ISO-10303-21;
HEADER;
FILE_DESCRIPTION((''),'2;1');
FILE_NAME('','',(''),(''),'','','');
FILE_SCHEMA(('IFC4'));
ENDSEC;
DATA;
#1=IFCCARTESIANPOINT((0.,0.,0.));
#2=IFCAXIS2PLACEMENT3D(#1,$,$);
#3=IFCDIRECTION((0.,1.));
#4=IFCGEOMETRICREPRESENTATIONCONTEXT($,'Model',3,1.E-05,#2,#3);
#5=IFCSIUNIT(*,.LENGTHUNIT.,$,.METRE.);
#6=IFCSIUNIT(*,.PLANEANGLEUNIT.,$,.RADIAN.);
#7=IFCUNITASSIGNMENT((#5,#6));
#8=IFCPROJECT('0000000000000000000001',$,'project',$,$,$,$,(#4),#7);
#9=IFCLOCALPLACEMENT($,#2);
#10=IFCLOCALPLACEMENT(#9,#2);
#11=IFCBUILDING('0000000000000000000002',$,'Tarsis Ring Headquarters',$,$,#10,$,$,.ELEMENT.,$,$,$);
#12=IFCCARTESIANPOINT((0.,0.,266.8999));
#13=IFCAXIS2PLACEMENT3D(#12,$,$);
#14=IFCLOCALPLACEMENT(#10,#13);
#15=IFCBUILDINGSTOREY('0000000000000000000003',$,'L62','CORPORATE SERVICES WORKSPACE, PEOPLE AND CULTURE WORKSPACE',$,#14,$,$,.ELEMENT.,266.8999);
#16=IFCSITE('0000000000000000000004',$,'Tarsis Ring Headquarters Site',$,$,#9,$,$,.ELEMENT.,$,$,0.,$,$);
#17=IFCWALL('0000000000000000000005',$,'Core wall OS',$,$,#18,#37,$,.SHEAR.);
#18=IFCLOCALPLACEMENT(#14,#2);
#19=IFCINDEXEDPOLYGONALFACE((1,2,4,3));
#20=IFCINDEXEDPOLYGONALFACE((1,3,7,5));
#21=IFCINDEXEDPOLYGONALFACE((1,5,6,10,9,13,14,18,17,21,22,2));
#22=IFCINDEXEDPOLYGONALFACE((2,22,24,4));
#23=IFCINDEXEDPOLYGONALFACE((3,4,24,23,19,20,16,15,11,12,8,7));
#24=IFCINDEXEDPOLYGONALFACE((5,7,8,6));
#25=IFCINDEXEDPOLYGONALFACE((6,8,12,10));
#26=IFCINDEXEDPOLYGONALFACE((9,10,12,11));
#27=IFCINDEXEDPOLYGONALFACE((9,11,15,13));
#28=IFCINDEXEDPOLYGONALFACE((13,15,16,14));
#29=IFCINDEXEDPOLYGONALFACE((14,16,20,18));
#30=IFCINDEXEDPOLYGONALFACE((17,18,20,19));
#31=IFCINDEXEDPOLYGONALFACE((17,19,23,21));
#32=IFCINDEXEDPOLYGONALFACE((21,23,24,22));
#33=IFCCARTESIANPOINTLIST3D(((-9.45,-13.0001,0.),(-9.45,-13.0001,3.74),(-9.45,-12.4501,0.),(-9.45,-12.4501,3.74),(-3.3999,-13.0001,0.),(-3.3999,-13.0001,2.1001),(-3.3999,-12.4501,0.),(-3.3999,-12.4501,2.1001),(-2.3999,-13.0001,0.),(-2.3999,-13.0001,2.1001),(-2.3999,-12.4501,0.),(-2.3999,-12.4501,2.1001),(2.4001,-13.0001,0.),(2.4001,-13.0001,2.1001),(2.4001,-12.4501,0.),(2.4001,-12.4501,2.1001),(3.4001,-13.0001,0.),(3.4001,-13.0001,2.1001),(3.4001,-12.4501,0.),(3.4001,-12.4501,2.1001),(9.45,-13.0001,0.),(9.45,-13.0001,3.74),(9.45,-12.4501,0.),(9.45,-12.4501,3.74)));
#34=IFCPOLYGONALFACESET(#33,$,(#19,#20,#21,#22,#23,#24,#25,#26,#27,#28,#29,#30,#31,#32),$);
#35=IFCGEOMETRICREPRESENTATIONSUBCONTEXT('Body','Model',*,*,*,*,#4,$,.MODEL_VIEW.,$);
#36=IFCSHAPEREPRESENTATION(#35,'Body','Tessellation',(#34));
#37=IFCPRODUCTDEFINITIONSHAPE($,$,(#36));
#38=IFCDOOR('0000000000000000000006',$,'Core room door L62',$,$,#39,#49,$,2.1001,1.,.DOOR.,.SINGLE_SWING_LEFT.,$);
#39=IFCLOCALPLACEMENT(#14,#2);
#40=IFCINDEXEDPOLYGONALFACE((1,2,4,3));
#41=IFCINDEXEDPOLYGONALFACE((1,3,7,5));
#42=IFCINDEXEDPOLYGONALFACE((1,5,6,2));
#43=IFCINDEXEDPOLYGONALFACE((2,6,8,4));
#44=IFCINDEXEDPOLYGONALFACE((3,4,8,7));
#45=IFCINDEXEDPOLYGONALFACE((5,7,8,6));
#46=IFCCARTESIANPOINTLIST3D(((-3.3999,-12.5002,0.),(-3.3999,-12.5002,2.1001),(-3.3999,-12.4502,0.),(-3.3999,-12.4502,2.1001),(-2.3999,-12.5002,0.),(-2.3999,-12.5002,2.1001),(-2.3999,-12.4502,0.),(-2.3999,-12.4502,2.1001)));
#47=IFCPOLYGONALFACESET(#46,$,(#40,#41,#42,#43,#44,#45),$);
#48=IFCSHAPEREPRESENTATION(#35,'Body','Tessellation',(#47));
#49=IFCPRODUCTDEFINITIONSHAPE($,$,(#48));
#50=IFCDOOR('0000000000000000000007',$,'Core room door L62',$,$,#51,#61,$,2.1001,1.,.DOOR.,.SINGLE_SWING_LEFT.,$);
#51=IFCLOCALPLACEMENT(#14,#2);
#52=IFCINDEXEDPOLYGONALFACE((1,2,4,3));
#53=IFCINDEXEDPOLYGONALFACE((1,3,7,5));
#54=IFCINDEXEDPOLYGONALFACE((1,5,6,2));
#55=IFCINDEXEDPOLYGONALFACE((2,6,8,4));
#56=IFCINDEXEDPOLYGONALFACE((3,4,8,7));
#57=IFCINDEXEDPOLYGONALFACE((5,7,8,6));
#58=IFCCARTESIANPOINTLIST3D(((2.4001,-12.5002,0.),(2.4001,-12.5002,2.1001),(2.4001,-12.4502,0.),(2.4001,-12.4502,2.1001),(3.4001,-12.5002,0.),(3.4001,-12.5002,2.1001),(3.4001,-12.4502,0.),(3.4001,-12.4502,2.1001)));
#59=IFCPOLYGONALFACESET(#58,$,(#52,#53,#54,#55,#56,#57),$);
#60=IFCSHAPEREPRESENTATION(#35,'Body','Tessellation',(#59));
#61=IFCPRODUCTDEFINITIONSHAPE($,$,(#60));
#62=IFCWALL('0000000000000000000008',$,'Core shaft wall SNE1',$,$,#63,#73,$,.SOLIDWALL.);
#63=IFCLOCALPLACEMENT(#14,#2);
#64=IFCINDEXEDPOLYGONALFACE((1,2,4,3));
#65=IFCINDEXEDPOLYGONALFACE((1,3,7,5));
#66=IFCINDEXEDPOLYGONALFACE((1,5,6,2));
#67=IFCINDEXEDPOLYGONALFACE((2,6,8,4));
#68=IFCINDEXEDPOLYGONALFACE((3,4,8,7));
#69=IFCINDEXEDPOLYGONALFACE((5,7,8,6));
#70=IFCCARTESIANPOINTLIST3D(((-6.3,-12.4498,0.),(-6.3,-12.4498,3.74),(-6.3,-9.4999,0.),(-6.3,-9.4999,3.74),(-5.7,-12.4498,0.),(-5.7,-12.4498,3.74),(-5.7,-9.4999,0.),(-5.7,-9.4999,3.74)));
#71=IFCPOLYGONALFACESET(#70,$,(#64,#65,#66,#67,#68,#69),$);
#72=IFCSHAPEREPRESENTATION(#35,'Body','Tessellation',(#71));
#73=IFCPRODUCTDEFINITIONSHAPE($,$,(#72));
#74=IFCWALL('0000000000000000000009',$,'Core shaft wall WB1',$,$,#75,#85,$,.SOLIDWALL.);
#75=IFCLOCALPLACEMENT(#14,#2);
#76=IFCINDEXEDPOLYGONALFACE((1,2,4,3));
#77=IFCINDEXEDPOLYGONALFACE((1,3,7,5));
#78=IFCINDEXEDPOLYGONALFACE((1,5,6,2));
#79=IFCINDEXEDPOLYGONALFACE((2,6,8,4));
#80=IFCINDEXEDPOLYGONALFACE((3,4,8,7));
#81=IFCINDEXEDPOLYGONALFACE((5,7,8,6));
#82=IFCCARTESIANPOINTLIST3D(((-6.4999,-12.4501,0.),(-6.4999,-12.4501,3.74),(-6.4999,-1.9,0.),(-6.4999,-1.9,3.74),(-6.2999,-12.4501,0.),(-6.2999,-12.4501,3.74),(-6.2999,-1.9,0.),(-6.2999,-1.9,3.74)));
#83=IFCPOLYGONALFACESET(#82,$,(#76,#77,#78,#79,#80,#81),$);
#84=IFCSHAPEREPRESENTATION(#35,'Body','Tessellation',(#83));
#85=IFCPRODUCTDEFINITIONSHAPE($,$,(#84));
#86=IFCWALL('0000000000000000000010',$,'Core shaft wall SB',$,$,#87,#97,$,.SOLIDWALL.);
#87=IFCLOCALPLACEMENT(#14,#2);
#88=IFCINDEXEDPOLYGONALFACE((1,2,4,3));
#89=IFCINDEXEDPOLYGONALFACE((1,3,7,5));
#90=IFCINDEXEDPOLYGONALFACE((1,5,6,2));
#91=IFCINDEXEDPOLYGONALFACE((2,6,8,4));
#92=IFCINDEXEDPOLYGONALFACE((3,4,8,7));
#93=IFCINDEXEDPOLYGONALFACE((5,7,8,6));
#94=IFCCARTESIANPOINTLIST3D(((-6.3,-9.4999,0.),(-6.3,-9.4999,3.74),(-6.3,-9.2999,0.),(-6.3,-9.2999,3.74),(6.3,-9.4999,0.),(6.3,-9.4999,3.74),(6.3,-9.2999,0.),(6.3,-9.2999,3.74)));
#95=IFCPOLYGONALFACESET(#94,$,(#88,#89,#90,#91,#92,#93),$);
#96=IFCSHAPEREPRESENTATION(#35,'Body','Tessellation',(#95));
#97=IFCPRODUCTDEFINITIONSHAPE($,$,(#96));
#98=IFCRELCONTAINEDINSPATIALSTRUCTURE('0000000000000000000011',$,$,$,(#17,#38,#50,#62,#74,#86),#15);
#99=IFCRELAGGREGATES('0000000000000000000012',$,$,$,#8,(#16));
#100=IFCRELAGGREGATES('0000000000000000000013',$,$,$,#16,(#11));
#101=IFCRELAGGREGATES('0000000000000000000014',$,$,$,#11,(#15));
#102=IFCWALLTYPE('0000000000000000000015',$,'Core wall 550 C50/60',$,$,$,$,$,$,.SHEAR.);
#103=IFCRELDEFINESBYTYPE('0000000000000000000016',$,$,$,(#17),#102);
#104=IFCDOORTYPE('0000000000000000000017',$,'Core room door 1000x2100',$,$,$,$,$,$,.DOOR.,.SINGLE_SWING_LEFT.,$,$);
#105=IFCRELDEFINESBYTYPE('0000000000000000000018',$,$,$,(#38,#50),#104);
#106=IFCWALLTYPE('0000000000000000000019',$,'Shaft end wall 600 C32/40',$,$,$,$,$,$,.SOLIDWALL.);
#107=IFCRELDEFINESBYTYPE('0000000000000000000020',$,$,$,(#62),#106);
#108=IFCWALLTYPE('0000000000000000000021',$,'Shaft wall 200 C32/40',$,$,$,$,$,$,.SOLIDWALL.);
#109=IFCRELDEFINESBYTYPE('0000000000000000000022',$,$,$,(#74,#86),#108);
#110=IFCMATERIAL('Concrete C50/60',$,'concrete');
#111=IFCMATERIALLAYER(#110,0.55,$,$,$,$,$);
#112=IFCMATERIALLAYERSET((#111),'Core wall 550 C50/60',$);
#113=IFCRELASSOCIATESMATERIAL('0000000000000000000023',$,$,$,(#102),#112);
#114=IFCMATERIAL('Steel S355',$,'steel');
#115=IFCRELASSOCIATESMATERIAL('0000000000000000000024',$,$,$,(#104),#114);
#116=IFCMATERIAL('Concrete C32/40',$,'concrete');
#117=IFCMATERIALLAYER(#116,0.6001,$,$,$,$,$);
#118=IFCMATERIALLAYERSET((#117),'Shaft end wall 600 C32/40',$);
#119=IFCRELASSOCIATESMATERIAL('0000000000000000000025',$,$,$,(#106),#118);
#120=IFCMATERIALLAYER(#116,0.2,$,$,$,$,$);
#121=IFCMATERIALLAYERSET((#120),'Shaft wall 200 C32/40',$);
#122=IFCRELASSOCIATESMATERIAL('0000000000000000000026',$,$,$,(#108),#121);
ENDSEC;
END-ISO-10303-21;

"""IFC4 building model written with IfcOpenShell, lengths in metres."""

from ifc_helpers import new_model, si_unit, direction, frame, frame_2d, origin, place, context, subcontext, project, spatial, rectangle, extrude, material, layer, layer_set, type_object, element, fill, save


model = new_model("IFC4")

# Units and contexts
model_context = context("Model", 3, precision=1e-05, world=origin(), true_north=direction((0.0, 1.0)))
body_context = subcontext(model_context, "Body", "Model", "MODEL_VIEW")
ifc_project = project(units=[si_unit("LENGTHUNIT", "METRE"), si_unit("PLANEANGLEUNIT", "RADIAN")], contexts=[model_context])

# Site, building, storey
site_placement = place(None, origin())
site = spatial("IfcSite", under=ifc_project, at=site_placement, Name="Tarsis Ring Headquarters Site", CompositionType="ELEMENT", RefElevation=0.0)
building_placement = place(site_placement, origin())
building = spatial("IfcBuilding", under=site, at=building_placement, Name="Tarsis Ring Headquarters", CompositionType="ELEMENT")
storey_placement = place(building_placement, frame((0.0, 0.0, 266.8999)))
storey = spatial("IfcBuildingStorey", under=building, at=storey_placement, Name="L62", Description="CORPORATE SERVICES WORKSPACE, PEOPLE AND CULTURE WORKSPACE", CompositionType="ELEMENT", Elevation=266.8999)

# Wall, openings, doors
ifc_material_1 = material(Name="Concrete C50/60", Category="concrete")
ifc_layer_1 = layer(ifc_material_1, 0.55)
ifc_layer_set_1 = layer_set([ifc_layer_1], Name="Core wall 550 C50/60")
wall_type_1 = type_object("IfcWallType", Name="Core wall 550 C50/60", PredefinedType="SHEAR", material=ifc_layer_set_1)
ifc_material_2 = material(Name="Steel S355", Category="steel")
door_type_1 = type_object("IfcDoorType", Name="Core room door 1000x2100", OperationType="SINGLE_SWING_LEFT", PredefinedType="DOOR", material=ifc_material_2)
wall_1_placement = place(storey_placement, frame((-9.45, -12.7251, 0.0), z_axis=(0.0, 0.0, 1.0), x_axis=(1.0, 0.0, 0.0)))
wall_1 = element("IfcWall", 1, at=wall_1_placement, inside=storey, type_object=wall_type_1, Name="Core wall OS", PredefinedType="SHEAR", context=body_context, shape_type="SweptSolid", body=[
    extrude(rectangle(XDim=18.8999, YDim=0.55, at=frame_2d((9.45, 0.0))), origin(), (0.0, 0.0, 1.0), 3.74),
])
opening_1_placement = place(wall_1_placement, frame((6.05, 0.0, 0.0)))
opening_1 = element("IfcOpeningElement", 2, at=opening_1_placement, cuts=wall_1, PredefinedType="OPENING", context=body_context, shape_type="SweptSolid", body=[
    extrude(rectangle(XDim=1.0, YDim=2.1001, at=frame_2d((0.5, 1.05))), frame((0.0, 0.2849, 0.0), z_axis=(0.0, -1.0, 0.0), x_axis=(1.0, 0.0, 0.0)), (0.0, 0.0, 1.0), 0.5701),
])
opening_2_placement = place(wall_1_placement, frame((11.8501, 0.0, 0.0)))
opening_2 = element("IfcOpeningElement", 3, at=opening_2_placement, cuts=wall_1, PredefinedType="OPENING", context=body_context, shape_type="SweptSolid", body=[
    extrude(rectangle(XDim=1.0, YDim=2.1001, at=frame_2d((0.5, 1.05))), frame((0.0, 0.2849, 0.0), z_axis=(0.0, -1.0, 0.0), x_axis=(1.0, 0.0, 0.0)), (0.0, 0.0, 1.0), 0.5701),
])
door_1_placement = place(opening_1_placement, origin())
door_1 = element("IfcDoor", 4, at=door_1_placement, inside=storey, type_object=door_type_1, Name="Core room door L62", OperationType="SINGLE_SWING_LEFT", OverallHeight=2.1001, OverallWidth=1.0, PredefinedType="DOOR", context=body_context, shape_type="SweptSolid", body=[
    extrude(rectangle(XDim=1.0, YDim=2.1001, at=frame_2d((0.5, 1.05))), frame((0.0, 0.2749, 0.0), z_axis=(0.0, -1.0, 0.0), x_axis=(1.0, 0.0, 0.0)), (0.0, 0.0, 1.0), 0.05),
])
fill(opening_1, door_1)
door_2_placement = place(opening_2_placement, origin())
door_2 = element("IfcDoor", 5, at=door_2_placement, inside=storey, type_object=door_type_1, Name="Core room door L62", OperationType="SINGLE_SWING_LEFT", OverallHeight=2.1001, OverallWidth=1.0, PredefinedType="DOOR", context=body_context, shape_type="SweptSolid", body=[
    extrude(rectangle(XDim=1.0, YDim=2.1001, at=frame_2d((0.5, 1.05))), frame((0.0, 0.2749, 0.0), z_axis=(0.0, -1.0, 0.0), x_axis=(1.0, 0.0, 0.0)), (0.0, 0.0, 1.0), 0.05),
])
fill(opening_2, door_2)

# Walls
ifc_material_3 = material(Name="Concrete C32/40", Category="concrete")
ifc_layer_2 = layer(ifc_material_3, 0.6001)
ifc_layer_set_2 = layer_set([ifc_layer_2], Name="Shaft end wall 600 C32/40")
wall_type_2 = type_object("IfcWallType", Name="Shaft end wall 600 C32/40", PredefinedType="SOLIDWALL", material=ifc_layer_set_2)
wall_2_placement = place(storey_placement, frame((-6.0, -12.45, 0.0), z_axis=(0.0, 0.0, 1.0), x_axis=(0.0, 1.0, 0.0)))
element("IfcWall", 6, at=wall_2_placement, inside=storey, type_object=wall_type_2, Name="Core shaft wall SNE1", PredefinedType="SOLIDWALL", context=body_context, shape_type="SweptSolid", body=[
    extrude(rectangle(XDim=2.95, YDim=0.6001, at=frame_2d((1.4751, 0.0))), origin(), (0.0, 0.0, 1.0), 3.74),
])
ifc_layer_3 = layer(ifc_material_3, 0.2)
ifc_layer_set_3 = layer_set([ifc_layer_3], Name="Shaft wall 200 C32/40")
wall_type_3 = type_object("IfcWallType", Name="Shaft wall 200 C32/40", PredefinedType="SOLIDWALL", material=ifc_layer_set_3)
wall_3_placement = place(storey_placement, frame((-6.3999, -12.45, 0.0), z_axis=(0.0, 0.0, 1.0), x_axis=(0.0, 1.0, 0.0)))
element("IfcWall", 7, at=wall_3_placement, inside=storey, type_object=wall_type_3, Name="Core shaft wall WB1", PredefinedType="SOLIDWALL", context=body_context, shape_type="SweptSolid", body=[
    extrude(rectangle(XDim=10.55, YDim=0.2, at=frame_2d((5.2749, 0.0))), origin(), (0.0, 0.0, 1.0), 3.74),
])
wall_4_placement = place(storey_placement, frame((-6.3, -9.3999, 0.0), z_axis=(0.0, 0.0, 1.0), x_axis=(1.0, 0.0, 0.0)))
element("IfcWall", 8, at=wall_4_placement, inside=storey, type_object=wall_type_3, Name="Core shaft wall SB", PredefinedType="SOLIDWALL", context=body_context, shape_type="SweptSolid", body=[
    extrude(rectangle(XDim=12.6001, YDim=0.2, at=frame_2d((6.3, 0.0))), origin(), (0.0, 0.0, 1.0), 3.74),
])

save(model, "model.ifc")
